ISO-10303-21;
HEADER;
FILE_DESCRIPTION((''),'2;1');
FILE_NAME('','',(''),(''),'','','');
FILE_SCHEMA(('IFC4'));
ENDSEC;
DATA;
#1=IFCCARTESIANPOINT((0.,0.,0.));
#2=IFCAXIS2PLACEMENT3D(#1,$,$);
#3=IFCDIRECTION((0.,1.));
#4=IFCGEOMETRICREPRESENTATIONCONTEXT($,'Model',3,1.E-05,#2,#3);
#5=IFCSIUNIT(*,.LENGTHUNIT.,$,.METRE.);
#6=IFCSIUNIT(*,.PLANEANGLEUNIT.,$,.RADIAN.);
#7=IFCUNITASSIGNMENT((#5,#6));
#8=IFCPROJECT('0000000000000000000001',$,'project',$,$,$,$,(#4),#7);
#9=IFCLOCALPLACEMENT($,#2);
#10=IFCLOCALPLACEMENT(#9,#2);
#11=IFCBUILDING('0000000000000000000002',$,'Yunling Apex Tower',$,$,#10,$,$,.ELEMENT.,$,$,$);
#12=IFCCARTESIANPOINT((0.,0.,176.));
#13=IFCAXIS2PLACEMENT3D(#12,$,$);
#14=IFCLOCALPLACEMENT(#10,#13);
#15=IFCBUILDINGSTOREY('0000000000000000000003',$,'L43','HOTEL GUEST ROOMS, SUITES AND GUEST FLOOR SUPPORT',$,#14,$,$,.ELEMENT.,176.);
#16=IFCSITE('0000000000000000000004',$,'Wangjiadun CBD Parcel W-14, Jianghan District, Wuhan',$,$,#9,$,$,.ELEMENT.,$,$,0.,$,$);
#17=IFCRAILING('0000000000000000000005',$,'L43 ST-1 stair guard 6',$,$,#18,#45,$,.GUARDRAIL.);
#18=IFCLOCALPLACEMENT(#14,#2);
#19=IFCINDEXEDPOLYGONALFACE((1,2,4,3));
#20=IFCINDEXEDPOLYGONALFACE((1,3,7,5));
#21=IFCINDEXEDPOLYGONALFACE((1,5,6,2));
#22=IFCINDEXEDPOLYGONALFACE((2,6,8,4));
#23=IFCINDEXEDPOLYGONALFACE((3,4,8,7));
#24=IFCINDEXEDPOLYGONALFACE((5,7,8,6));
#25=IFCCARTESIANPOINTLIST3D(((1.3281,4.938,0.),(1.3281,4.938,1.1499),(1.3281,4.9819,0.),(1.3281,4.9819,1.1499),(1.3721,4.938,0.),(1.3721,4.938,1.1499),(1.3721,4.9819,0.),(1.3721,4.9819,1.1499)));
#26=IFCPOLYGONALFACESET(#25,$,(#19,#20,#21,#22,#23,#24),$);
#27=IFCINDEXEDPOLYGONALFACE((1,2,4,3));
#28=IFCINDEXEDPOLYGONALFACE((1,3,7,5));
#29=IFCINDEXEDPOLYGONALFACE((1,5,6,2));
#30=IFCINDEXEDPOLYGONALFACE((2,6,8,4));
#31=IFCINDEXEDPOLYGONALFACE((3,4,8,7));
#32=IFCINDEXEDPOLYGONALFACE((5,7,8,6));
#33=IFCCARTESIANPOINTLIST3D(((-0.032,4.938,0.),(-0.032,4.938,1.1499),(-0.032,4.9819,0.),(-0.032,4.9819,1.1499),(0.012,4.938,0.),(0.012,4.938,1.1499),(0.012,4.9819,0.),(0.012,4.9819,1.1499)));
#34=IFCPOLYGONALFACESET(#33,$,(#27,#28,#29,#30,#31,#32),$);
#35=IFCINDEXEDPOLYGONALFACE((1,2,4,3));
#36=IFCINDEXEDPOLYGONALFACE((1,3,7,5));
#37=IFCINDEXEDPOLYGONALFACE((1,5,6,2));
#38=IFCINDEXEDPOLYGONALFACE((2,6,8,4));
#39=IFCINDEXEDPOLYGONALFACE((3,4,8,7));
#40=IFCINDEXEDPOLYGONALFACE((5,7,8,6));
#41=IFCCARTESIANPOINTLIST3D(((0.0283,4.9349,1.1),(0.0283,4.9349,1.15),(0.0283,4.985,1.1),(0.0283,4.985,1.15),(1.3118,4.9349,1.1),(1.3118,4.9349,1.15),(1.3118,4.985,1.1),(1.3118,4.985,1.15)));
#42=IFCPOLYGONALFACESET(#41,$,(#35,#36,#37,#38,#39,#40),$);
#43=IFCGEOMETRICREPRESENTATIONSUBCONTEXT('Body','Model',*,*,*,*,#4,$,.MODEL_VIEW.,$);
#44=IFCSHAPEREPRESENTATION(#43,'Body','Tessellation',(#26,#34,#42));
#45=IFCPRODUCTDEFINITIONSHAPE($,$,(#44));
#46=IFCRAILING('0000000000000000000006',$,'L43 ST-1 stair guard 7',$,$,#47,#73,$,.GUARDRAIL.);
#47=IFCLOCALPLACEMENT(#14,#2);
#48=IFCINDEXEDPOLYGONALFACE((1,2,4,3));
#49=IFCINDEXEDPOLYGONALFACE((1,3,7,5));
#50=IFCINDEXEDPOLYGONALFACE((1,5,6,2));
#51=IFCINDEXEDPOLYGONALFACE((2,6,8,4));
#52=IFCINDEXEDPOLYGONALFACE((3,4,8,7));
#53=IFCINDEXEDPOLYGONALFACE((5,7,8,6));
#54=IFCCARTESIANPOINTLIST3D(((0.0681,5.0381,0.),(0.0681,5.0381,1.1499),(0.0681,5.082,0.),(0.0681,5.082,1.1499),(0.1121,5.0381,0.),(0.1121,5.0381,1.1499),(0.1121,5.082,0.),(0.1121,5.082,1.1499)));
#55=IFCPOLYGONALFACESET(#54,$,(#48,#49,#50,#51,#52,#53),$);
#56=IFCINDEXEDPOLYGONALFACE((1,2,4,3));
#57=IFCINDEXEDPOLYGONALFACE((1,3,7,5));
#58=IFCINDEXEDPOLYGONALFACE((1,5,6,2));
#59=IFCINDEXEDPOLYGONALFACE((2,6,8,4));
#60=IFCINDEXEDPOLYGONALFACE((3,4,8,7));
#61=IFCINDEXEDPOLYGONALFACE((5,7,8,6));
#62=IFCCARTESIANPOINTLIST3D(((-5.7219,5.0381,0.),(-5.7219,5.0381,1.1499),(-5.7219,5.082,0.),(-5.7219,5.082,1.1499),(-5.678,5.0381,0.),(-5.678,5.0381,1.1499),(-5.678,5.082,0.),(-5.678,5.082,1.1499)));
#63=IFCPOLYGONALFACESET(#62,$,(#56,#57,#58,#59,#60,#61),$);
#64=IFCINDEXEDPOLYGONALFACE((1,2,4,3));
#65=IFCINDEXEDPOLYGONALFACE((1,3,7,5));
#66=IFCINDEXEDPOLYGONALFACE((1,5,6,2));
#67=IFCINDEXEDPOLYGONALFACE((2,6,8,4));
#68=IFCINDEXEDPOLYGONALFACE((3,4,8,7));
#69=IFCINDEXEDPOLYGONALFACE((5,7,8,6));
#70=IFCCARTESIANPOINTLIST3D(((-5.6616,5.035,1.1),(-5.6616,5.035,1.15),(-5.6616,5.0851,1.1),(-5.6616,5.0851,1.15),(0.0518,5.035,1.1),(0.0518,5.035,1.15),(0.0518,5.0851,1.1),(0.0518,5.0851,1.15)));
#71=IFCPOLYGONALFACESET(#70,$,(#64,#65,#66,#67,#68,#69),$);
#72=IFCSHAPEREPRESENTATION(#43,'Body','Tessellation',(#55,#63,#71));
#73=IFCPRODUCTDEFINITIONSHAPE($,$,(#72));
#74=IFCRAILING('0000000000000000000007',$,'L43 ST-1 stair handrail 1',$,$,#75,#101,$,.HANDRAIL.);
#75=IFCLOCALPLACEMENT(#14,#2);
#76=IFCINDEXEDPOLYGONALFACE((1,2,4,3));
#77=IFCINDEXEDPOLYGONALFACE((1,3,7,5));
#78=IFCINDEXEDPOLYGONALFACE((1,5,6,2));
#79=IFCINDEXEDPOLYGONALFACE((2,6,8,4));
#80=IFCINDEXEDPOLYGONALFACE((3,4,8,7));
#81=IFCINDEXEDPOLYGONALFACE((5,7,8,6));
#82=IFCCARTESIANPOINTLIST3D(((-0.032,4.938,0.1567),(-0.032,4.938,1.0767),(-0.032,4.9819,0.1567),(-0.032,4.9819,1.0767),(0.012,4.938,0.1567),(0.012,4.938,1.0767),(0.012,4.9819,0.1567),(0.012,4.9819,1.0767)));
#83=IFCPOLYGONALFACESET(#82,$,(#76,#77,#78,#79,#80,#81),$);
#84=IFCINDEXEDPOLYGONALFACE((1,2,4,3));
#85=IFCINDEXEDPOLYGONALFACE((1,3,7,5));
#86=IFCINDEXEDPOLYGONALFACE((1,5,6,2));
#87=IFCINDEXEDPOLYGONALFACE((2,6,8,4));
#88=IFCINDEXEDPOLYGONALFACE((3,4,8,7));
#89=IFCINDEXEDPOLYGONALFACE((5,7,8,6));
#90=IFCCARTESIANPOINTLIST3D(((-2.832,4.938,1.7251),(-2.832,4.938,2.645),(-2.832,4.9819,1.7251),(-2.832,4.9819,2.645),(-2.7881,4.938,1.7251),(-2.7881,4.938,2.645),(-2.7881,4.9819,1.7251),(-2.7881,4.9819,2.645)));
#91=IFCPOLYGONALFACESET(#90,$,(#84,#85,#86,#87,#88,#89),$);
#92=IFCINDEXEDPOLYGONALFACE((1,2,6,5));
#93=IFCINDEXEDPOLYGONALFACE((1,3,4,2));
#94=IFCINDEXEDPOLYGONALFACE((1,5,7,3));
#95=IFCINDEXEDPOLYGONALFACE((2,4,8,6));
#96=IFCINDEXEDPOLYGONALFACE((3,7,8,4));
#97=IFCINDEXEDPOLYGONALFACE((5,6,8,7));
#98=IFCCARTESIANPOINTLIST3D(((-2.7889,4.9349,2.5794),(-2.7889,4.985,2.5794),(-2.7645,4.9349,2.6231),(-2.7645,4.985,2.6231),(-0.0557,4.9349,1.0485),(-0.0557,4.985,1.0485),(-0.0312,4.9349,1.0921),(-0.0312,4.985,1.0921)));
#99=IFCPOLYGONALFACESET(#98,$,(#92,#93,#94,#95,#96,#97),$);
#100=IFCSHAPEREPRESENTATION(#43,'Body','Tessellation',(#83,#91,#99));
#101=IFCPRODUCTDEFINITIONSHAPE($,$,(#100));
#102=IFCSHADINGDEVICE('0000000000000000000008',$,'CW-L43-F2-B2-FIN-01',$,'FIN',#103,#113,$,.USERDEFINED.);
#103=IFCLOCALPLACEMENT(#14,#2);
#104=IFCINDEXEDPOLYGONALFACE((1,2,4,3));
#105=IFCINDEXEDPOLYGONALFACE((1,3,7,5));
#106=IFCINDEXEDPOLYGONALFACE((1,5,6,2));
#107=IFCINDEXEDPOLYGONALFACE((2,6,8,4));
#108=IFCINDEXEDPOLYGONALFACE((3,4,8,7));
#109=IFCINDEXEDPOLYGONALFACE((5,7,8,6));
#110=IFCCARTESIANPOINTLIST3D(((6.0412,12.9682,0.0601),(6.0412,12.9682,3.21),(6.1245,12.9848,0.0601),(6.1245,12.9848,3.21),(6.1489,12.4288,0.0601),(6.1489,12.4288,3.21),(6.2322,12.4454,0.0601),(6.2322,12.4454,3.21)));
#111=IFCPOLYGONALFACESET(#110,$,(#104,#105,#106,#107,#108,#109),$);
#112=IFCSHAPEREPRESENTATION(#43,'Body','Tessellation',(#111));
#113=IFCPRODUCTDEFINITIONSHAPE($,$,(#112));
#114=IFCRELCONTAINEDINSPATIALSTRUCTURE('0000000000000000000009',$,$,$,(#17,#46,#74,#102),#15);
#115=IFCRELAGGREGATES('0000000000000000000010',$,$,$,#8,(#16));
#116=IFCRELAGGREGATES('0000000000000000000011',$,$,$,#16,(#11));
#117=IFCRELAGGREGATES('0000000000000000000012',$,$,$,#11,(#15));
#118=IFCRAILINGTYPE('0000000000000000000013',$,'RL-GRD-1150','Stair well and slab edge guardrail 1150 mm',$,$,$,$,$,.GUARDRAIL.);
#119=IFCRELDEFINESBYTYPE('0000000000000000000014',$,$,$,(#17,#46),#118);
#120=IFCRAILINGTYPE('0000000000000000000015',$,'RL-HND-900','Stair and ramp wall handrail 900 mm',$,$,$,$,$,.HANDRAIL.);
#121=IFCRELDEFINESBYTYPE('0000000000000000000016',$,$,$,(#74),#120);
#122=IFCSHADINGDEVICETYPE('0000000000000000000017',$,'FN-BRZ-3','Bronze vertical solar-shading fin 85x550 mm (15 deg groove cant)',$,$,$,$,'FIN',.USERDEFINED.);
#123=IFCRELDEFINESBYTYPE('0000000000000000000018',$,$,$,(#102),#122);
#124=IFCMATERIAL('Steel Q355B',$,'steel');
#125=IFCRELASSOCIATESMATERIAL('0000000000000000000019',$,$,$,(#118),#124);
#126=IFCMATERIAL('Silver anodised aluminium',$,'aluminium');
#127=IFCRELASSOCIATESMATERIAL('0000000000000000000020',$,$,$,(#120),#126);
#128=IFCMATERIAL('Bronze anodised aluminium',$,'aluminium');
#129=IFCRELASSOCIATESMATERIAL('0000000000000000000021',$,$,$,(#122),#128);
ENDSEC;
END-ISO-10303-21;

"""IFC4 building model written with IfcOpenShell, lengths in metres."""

from ifc_helpers import new_model, si_unit, direction, frame, origin, origin_2d, place, context, subcontext, project, spatial, rectangle, extrude, source, transform, mapped, material, material_profile, profile_set, type_object, element, save


model = new_model("IFC4")

# Units and contexts
model_context = context("Model", 3, precision=1e-05, world=origin(), true_north=direction((0.0, 1.0)))
body_context = subcontext(model_context, "Body", "Model", "MODEL_VIEW")
ifc_project = project(units=[si_unit("LENGTHUNIT", "METRE"), si_unit("PLANEANGLEUNIT", "RADIAN")], contexts=[model_context])

# Site, building, storey
site_placement = place(None, origin())
site = spatial("IfcSite", under=ifc_project, at=site_placement, Name="Wangjiadun CBD Parcel W-14, Jianghan District, Wuhan", CompositionType="ELEMENT", RefElevation=0.0)
building_placement = place(site_placement, origin())
building = spatial("IfcBuilding", under=site, at=building_placement, Name="Yunling Apex Tower", CompositionType="ELEMENT")
storey_placement = place(building_placement, frame((0.0, 0.0, 176.0)))
storey = spatial("IfcBuildingStorey", under=building, at=storey_placement, Name="L43", Description="HOTEL GUEST ROOMS, SUITES AND GUEST FLOOR SUPPORT", CompositionType="ELEMENT", Elevation=176.0)

# Shared definitions
ifc_material_1 = material(Name="Steel Q355B", Category="steel")

# Shared definitions
ifc_material_2 = material(Name="Bronze anodised aluminium", Category="aluminium")

# Railings
railing_type_1 = type_object("IfcRailingType", Name="RL-GRD-1150", Description="Stair well and slab edge guardrail 1150 mm", PredefinedType="GUARDRAIL", material=ifc_material_1)
railing_1_placement = place(storey_placement, frame((1.3501, 4.96, 0.0)))
element("IfcRailing", 1, at=railing_1_placement, inside=storey, type_object=railing_type_1, Name="L43 ST-1 stair guard 6", PredefinedType="GUARDRAIL", context=body_context, shape_type="SweptSolid", body=[
    extrude(rectangle(XDim=0.0439, YDim=0.0439, at=origin_2d()), origin(), (0.0, 0.0, 1.0), 1.1499),
    extrude(rectangle(XDim=0.0439, YDim=0.0439, at=origin_2d()), frame((-1.3601, 0.0, 0.0)), (0.0, 0.0, 1.0), 1.1499),
    extrude(rectangle(XDim=0.05, YDim=0.05, at=origin_2d()), frame((-0.0383, 0.0, 1.125), z_axis=(-1.0, 0.0, 0.0), x_axis=(0.0, -1.0, 0.0)), (0.0, 0.0, 1.0), 1.2834),
])
railing_2_placement = place(storey_placement, frame((0.0901, 5.0601, 0.0)))
element("IfcRailing", 2, at=railing_2_placement, inside=storey, type_object=railing_type_1, Name="L43 ST-1 stair guard 7", PredefinedType="GUARDRAIL", context=body_context, shape_type="SweptSolid", body=[
    extrude(rectangle(XDim=0.0439, YDim=0.0439, at=origin_2d()), origin(), (0.0, 0.0, 1.0), 1.1499),
    extrude(rectangle(XDim=0.0439, YDim=0.0439, at=origin_2d()), frame((-5.79, 0.0, 0.0)), (0.0, 0.0, 1.0), 1.1499),
    extrude(rectangle(XDim=0.05, YDim=0.05, at=origin_2d()), frame((-0.0383, 0.0, 1.125), z_axis=(-1.0, 0.0, 0.0), x_axis=(0.0, -1.0, 0.0)), (0.0, 0.0, 1.0), 5.7134),
])
ifc_material_3 = material(Name="Silver anodised aluminium", Category="aluminium")
railing_type_2 = type_object("IfcRailingType", Name="RL-HND-900", Description="Stair and ramp wall handrail 900 mm", PredefinedType="HANDRAIL", material=ifc_material_3)
railing_3_placement = place(storey_placement, frame((-0.01, 4.96, 0.1567)))
element("IfcRailing", 3, at=railing_3_placement, inside=storey, type_object=railing_type_2, Name="L43 ST-1 stair handrail 1", PredefinedType="HANDRAIL", context=body_context, shape_type="SweptSolid", body=[
    extrude(rectangle(XDim=0.0439, YDim=0.0439, at=origin_2d()), origin(), (0.0, 0.0, 1.0), 0.9199),
    extrude(rectangle(XDim=0.0439, YDim=0.0439, at=origin_2d()), frame((-2.8, 0.0, 1.5684)), (0.0, 0.0, 1.0), 0.9199),
    extrude(rectangle(XDim=0.05, YDim=0.05, at=origin_2d()), frame((-0.0334, 0.0, 0.9136), z_axis=(-0.872462, 0.0, 0.488682), x_axis=(0.0, -1.0, 0.0)), (0.0, 0.0, 1.0), 3.1328),
])

# Shading device
ifc_material_profile_1 = material_profile(ifc_material_2, rectangle(XDim=0.085, YDim=0.55, at=origin_2d()))
ifc_profile_set_1 = profile_set([ifc_material_profile_1], Name="Bronze anodised aluminium")
shading_device_type = type_object("IfcShadingDeviceType", Name="FN-BRZ-3", Description="Bronze vertical solar-shading fin 85x550 mm (15 deg groove cant)", ElementType="FIN", PredefinedType="USERDEFINED", material=ifc_profile_set_1)
shared_shape_1 = source(origin(), body_context, "Body", "SweptSolid", [
    extrude(rectangle(XDim=0.085, YDim=0.55, at=origin_2d()), origin(), (0.0, 0.0, 1.0), 3.1499),
])
shading_device_placement = place(storey_placement, frame((6.1367, 12.7068, 0.0601), z_axis=(0.0, 0.0, 1.0), x_axis=(-0.980649, -0.195775, 0.0)))
element("IfcShadingDevice", 4, at=shading_device_placement, inside=storey, type_object=shading_device_type, Name="CW-L43-F2-B2-FIN-01", ObjectType="FIN", PredefinedType="USERDEFINED", context=body_context, shape_type="MappedRepresentation", body=[
    mapped(shared_shape_1, transform((0.0, 0.0, 0.0), scale=1.0)),
])

save(model, "model.ifc")
